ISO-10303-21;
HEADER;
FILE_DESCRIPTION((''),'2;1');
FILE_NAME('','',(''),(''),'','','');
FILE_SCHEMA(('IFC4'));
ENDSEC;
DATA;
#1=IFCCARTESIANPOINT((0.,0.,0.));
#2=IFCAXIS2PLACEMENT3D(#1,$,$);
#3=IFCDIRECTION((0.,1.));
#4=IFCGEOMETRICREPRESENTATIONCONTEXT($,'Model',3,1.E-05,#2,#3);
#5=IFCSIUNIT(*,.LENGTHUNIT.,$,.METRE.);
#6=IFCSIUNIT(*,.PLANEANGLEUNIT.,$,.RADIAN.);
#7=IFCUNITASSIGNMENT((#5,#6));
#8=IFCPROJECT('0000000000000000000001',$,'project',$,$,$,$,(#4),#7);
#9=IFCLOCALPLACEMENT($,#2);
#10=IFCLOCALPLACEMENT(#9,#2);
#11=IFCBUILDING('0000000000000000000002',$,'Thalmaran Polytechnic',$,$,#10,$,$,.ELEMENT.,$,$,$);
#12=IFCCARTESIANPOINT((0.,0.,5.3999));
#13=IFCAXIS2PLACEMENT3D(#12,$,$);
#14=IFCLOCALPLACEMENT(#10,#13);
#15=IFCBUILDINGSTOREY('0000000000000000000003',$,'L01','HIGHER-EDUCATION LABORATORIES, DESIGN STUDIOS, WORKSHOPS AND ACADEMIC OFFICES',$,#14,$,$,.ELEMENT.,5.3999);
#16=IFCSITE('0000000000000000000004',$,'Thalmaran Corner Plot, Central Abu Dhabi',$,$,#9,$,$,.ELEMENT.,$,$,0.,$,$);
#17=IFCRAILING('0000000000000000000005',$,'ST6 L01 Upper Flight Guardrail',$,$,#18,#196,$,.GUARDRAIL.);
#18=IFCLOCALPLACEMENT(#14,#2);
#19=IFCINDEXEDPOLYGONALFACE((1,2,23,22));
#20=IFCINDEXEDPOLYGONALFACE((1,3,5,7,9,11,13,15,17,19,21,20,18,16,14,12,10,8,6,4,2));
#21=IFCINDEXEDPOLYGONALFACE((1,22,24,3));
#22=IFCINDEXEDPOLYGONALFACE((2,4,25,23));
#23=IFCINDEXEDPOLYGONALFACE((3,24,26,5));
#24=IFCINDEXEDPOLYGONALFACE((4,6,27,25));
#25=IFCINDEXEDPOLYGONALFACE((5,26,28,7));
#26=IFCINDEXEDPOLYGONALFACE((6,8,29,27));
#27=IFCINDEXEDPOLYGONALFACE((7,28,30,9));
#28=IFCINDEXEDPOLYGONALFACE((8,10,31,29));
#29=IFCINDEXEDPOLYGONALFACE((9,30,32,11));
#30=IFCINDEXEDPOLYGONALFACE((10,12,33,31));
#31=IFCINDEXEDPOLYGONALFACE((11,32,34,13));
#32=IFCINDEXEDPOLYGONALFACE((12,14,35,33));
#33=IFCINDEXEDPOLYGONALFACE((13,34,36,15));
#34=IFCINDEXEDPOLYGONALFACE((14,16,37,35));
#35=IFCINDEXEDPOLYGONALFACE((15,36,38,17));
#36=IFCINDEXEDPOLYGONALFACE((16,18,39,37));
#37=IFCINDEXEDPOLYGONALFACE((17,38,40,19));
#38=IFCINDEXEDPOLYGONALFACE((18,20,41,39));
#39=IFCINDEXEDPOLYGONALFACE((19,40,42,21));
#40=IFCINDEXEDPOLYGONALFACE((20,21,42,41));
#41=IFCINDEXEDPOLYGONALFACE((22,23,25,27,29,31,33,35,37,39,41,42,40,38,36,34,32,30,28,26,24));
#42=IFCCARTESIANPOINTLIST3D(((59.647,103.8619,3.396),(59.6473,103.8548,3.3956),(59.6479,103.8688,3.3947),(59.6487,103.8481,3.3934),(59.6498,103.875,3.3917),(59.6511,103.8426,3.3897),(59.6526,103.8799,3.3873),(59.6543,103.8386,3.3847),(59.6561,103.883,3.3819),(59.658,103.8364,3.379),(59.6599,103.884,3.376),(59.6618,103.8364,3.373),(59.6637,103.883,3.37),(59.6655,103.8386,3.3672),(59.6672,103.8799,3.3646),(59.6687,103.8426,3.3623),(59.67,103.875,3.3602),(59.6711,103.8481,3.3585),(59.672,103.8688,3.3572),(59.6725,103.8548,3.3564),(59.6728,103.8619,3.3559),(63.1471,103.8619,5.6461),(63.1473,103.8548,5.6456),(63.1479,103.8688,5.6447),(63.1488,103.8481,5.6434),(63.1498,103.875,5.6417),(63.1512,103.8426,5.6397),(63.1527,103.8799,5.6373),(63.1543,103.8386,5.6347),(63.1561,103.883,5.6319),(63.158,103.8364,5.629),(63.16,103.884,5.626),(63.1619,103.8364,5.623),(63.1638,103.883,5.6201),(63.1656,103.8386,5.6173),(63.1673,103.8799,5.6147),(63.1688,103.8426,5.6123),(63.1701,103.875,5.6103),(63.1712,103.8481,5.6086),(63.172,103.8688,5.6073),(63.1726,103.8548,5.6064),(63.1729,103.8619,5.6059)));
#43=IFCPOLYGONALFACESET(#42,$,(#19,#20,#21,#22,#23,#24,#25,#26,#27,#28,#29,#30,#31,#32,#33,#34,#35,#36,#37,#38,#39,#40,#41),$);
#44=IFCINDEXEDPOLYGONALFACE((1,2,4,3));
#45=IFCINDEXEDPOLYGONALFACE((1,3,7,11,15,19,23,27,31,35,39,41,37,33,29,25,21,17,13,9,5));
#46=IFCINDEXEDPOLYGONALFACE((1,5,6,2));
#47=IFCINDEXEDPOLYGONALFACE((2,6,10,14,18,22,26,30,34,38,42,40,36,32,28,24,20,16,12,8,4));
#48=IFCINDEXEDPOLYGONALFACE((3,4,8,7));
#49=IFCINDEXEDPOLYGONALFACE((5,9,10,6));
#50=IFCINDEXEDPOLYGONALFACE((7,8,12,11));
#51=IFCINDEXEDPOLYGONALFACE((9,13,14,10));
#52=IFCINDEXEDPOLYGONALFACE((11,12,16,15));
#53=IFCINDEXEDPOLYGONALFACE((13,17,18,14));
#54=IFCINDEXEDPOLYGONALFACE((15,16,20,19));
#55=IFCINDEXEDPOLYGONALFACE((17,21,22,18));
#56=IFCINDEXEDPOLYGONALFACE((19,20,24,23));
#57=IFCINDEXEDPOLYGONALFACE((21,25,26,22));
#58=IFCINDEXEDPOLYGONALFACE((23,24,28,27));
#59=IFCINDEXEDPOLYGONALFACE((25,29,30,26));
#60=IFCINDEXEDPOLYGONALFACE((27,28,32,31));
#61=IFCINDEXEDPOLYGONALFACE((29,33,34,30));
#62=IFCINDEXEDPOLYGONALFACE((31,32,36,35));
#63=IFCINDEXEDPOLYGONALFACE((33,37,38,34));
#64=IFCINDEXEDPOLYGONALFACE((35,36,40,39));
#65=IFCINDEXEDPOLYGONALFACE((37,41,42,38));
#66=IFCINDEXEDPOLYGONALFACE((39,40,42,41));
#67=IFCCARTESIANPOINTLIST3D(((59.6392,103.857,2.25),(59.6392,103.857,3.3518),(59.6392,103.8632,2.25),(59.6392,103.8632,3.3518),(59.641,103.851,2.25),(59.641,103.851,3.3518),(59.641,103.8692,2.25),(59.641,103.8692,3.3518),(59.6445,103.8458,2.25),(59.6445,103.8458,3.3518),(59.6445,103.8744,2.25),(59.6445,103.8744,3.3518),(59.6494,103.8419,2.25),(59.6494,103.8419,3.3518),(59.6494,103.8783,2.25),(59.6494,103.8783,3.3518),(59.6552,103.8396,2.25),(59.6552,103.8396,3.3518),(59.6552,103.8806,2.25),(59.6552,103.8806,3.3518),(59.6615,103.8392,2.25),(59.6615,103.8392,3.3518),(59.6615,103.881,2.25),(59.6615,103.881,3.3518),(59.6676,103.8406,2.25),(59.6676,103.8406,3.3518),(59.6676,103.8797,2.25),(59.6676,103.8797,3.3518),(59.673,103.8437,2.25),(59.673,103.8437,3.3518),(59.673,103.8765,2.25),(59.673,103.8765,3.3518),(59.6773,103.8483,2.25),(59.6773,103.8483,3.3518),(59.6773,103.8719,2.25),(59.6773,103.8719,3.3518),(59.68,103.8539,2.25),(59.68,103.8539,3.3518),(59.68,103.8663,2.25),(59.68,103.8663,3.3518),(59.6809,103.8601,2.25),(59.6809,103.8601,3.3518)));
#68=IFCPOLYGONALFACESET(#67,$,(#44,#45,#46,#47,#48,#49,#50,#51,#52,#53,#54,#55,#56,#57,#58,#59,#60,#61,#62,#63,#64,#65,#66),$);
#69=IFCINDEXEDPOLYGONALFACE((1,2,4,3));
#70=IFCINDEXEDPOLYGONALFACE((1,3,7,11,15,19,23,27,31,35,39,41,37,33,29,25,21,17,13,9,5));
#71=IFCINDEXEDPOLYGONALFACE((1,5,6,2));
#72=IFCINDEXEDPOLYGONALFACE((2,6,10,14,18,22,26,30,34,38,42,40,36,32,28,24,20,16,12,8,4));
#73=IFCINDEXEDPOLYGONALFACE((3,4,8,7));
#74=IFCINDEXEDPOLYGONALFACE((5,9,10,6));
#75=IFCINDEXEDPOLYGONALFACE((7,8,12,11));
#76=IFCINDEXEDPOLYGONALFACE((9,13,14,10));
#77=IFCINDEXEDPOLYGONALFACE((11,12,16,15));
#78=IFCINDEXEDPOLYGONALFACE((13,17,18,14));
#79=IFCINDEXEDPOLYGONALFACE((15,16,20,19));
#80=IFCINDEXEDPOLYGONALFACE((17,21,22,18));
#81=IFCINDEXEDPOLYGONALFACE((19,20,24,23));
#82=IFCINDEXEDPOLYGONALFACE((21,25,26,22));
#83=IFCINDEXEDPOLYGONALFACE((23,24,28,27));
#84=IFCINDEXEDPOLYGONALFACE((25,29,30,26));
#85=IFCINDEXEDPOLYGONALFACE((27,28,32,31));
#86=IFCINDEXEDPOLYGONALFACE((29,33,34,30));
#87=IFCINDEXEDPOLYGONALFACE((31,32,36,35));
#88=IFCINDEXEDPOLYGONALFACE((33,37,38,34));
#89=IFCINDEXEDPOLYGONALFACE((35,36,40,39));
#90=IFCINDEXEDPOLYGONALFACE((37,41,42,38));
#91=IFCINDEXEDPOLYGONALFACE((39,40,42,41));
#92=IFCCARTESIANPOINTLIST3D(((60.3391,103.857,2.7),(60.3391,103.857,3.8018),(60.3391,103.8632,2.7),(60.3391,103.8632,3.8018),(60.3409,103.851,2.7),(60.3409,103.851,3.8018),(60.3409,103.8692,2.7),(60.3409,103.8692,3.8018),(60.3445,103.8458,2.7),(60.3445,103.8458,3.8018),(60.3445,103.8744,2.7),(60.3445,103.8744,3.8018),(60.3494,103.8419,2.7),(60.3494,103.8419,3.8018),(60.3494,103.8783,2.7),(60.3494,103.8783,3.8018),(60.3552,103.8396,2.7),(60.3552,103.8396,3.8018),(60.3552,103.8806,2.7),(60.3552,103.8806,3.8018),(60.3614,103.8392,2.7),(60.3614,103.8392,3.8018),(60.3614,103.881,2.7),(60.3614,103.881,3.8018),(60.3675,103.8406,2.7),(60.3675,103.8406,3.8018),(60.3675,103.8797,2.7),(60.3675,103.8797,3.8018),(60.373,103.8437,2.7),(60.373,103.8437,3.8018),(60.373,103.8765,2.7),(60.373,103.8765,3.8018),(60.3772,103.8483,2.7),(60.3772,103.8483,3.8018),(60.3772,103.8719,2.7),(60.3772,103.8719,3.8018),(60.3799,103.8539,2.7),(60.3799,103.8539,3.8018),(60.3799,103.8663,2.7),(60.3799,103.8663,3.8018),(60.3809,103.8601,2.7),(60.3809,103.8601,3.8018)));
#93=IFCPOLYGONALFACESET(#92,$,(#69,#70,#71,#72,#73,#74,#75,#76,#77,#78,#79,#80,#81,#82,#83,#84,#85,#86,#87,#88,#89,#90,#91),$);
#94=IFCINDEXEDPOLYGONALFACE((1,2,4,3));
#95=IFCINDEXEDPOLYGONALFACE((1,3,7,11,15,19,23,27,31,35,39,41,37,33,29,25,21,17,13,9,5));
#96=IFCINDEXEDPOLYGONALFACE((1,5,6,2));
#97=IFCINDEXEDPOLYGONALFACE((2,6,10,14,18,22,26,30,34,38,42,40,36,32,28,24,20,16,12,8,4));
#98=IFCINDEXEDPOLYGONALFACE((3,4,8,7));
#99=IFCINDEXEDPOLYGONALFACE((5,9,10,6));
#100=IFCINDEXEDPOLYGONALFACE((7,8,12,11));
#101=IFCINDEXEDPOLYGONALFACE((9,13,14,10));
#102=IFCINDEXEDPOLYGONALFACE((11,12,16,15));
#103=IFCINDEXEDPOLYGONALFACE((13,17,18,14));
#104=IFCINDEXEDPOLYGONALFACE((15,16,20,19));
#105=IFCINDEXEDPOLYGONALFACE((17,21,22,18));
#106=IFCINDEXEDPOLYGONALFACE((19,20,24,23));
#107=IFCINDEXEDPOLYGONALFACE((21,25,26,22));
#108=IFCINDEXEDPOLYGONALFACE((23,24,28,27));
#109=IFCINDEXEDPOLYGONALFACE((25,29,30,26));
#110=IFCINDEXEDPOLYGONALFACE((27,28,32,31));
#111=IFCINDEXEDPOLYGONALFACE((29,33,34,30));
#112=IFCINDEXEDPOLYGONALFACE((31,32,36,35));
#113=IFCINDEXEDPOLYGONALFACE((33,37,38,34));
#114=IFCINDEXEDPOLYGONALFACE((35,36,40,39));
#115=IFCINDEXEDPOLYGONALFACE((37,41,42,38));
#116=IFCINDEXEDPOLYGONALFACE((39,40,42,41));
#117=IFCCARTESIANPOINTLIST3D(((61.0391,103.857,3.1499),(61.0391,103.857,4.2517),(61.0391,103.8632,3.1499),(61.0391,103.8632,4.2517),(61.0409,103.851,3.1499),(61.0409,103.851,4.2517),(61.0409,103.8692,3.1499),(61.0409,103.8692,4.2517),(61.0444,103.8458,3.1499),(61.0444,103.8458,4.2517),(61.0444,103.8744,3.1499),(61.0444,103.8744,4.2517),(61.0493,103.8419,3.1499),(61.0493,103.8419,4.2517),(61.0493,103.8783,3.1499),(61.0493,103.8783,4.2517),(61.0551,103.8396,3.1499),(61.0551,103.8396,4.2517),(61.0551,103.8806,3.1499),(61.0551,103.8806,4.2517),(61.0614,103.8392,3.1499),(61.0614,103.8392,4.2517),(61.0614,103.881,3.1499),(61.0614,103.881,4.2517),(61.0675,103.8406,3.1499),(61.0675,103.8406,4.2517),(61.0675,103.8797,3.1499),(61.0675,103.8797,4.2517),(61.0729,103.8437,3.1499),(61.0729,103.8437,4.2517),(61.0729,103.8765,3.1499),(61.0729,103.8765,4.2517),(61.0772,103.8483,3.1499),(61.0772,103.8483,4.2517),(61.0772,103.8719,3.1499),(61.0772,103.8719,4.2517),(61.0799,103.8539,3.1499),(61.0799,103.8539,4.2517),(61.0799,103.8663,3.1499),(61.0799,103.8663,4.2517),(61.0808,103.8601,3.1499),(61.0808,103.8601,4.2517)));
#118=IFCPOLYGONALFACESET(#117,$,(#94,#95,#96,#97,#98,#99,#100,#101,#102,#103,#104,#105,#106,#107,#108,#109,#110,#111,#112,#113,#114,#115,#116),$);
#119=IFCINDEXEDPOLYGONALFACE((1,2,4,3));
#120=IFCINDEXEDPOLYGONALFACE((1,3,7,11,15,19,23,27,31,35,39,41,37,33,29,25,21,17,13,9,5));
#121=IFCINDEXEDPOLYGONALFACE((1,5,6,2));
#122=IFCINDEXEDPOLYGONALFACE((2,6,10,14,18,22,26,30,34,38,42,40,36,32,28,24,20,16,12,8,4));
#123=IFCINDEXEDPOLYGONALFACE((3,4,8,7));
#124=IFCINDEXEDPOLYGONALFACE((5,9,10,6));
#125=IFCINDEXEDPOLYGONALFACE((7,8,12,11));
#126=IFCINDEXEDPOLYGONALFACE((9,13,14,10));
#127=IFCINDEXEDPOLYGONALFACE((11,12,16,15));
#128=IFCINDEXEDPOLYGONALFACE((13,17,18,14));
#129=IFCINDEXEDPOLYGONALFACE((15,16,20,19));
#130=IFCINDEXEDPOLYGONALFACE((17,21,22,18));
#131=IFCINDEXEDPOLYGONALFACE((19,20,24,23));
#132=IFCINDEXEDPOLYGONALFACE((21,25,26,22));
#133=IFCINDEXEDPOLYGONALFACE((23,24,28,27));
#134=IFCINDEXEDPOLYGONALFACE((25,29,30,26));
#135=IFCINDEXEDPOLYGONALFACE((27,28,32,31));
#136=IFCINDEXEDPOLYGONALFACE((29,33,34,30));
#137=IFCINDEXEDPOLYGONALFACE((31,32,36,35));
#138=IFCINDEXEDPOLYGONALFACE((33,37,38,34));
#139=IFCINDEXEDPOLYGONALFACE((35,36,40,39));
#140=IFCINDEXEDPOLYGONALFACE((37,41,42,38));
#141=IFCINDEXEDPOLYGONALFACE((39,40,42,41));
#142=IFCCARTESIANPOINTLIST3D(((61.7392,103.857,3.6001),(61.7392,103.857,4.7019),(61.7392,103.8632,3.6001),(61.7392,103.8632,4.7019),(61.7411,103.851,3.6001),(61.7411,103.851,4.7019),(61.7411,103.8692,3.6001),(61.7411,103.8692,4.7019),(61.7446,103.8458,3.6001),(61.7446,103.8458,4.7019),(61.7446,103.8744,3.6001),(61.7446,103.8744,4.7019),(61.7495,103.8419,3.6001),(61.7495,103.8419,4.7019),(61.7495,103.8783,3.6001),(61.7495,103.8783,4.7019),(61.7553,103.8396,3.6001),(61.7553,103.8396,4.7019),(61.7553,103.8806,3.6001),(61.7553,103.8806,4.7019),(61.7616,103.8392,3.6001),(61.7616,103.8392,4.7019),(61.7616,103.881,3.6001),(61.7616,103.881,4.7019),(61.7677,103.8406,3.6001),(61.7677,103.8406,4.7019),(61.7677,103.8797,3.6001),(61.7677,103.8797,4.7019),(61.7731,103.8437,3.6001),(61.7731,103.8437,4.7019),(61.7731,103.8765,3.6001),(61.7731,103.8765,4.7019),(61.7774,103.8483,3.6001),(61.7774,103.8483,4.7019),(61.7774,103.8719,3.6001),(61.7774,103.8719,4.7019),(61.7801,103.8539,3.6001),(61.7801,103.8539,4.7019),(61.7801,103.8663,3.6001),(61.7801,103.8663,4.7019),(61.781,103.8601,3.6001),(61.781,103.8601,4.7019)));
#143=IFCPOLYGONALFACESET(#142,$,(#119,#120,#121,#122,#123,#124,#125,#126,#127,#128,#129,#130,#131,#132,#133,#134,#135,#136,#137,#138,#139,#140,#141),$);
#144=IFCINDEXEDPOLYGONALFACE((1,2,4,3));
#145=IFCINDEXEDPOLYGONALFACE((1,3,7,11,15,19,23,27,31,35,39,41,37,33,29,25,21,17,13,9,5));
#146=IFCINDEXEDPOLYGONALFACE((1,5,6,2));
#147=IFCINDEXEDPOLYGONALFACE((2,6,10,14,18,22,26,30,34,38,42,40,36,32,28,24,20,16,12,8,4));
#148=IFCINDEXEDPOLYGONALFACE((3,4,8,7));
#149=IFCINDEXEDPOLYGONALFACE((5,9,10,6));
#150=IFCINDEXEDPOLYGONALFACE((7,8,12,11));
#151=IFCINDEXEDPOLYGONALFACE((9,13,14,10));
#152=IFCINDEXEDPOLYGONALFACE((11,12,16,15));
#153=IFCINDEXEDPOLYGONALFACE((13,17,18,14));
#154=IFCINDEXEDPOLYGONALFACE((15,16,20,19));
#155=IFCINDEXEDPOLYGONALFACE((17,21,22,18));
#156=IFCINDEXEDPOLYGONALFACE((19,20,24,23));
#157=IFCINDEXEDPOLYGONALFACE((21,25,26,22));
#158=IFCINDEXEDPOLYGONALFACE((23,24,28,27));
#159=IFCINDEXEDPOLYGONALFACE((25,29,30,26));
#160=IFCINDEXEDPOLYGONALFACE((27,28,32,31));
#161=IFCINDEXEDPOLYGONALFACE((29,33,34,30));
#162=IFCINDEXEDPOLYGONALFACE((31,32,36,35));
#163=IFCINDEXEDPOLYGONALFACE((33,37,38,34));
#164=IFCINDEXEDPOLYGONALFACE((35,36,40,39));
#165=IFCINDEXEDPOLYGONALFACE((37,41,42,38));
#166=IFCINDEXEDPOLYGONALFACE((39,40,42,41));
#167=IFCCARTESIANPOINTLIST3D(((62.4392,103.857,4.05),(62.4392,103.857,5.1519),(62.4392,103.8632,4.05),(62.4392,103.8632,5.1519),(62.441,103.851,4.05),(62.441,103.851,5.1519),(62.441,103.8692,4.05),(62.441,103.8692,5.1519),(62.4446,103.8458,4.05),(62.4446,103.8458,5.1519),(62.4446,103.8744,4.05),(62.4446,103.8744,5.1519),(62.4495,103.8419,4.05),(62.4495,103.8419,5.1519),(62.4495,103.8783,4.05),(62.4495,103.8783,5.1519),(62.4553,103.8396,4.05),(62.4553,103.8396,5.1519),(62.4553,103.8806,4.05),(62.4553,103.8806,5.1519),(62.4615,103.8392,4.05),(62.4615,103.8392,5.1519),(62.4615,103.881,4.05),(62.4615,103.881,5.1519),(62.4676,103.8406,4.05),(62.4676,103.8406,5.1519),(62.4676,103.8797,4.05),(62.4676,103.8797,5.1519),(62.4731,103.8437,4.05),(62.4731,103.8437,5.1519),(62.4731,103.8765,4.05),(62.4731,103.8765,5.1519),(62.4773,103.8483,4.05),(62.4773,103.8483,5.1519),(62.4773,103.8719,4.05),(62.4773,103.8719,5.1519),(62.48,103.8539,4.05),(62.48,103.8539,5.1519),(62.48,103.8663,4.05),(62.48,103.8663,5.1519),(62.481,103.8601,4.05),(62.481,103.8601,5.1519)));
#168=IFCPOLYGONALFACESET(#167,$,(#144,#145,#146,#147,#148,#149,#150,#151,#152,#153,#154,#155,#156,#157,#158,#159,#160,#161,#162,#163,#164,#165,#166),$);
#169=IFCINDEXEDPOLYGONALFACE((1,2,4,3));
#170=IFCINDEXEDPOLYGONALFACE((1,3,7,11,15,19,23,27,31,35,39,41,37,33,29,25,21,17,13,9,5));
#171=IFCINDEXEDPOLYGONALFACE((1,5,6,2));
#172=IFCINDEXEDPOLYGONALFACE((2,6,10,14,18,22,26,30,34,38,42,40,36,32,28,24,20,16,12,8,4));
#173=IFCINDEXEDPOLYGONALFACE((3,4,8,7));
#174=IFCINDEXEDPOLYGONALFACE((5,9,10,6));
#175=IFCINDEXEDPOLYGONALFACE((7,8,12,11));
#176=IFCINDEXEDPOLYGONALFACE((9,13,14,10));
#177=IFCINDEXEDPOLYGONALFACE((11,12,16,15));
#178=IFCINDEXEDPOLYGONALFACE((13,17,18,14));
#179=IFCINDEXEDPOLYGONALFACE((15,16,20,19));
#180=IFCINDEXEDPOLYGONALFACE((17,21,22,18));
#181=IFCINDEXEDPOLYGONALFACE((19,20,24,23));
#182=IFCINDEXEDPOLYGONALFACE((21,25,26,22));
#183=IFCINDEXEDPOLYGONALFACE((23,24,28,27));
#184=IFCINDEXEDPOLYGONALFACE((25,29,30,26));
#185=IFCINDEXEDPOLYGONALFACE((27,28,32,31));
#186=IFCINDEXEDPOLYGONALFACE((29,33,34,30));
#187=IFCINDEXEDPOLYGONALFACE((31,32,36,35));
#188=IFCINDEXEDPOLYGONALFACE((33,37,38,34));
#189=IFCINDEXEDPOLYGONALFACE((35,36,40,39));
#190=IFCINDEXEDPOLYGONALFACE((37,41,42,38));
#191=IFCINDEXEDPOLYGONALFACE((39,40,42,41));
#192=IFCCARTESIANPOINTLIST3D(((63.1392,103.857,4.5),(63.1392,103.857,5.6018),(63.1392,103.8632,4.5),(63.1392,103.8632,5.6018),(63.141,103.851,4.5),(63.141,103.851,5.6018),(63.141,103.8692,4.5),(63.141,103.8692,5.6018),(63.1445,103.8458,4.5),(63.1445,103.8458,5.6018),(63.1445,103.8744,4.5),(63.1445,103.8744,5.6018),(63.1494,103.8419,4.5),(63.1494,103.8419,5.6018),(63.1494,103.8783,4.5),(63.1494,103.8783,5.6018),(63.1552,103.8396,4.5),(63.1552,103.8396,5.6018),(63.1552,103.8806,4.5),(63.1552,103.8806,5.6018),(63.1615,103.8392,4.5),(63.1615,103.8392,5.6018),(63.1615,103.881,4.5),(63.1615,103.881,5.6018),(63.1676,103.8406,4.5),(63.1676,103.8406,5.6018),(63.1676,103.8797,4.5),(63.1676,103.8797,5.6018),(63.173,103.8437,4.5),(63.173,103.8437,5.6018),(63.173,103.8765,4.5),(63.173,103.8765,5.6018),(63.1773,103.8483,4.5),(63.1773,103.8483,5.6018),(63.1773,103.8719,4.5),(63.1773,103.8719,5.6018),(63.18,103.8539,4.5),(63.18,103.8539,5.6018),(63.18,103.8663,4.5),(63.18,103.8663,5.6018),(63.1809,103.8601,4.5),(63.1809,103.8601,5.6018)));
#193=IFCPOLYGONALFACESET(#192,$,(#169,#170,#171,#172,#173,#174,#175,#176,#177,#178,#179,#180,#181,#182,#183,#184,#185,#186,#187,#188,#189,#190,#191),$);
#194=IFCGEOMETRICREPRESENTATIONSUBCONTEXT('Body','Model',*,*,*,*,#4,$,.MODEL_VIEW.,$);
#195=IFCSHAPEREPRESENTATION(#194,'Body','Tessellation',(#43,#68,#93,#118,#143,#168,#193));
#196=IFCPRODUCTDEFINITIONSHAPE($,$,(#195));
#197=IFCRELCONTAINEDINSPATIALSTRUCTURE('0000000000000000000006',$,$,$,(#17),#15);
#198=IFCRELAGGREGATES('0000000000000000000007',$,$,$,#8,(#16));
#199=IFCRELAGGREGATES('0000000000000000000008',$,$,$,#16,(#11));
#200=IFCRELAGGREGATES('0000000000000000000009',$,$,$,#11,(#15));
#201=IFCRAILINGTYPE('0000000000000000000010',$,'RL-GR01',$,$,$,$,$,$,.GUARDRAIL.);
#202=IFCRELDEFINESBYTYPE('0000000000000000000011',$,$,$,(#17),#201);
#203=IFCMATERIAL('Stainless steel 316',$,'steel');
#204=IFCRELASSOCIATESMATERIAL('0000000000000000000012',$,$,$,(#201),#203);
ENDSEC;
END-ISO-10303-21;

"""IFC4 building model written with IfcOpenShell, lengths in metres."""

from ifc_helpers import new_model, si_unit, direction, frame, origin, origin_2d, place, context, subcontext, project, spatial, circle, extrude, material, type_object, element, save


model = new_model("IFC4")

# Units and contexts
model_context = context("Model", 3, precision=1e-05, world=origin(), true_north=direction((0.0, 1.0)))
body_context = subcontext(model_context, "Body", "Model", "MODEL_VIEW")
ifc_project = project(units=[si_unit("LENGTHUNIT", "METRE"), si_unit("PLANEANGLEUNIT", "RADIAN")], contexts=[model_context])

# Site, building, storey
site_placement = place(None, origin())
site = spatial("IfcSite", under=ifc_project, at=site_placement, Name="Thalmaran Corner Plot, Central Abu Dhabi", CompositionType="ELEMENT", RefElevation=0.0)
building_placement = place(site_placement, origin())
building = spatial("IfcBuilding", under=site, at=building_placement, Name="Thalmaran Polytechnic", CompositionType="ELEMENT")
storey_placement = place(building_placement, frame((0.0, 0.0, 5.3999)))
storey = spatial("IfcBuildingStorey", under=building, at=storey_placement, Name="L01", Description="HIGHER-EDUCATION LABORATORIES, DESIGN STUDIOS, WORKSHOPS AND ACADEMIC OFFICES", CompositionType="ELEMENT", Elevation=5.3999)

# Railing
ifc_material_1 = material(Name="Stainless steel 316", Category="steel")
railing_type_1 = type_object("IfcRailingType", Name="RL-GR01", PredefinedType="GUARDRAIL", material=ifc_material_1)
railing_1_placement = place(storey_placement, frame((59.6599, 103.8601, 2.25)))
element("IfcRailing", 1, at=railing_1_placement, inside=storey, type_object=railing_type_1, Name="ST6 L01 Upper Flight Guardrail", PredefinedType="GUARDRAIL", context=body_context, shape_type="SweptSolid", body=[
    extrude(circle(Radius=0.0239, at=origin_2d()), frame((0.0, 0.0, 1.126), z_axis=(0.841178, 0.0, 0.540758), x_axis=(0.0, 1.0, 0.0)), (0.0, 0.0, 1.0), 4.1609),
    extrude(circle(Radius=0.021, at=origin_2d()), origin(), (0.0, 0.0, 1.0), 1.1018),
    extrude(circle(Radius=0.021, at=origin_2d()), frame((0.7, 0.0, 0.45)), (0.0, 0.0, 1.0), 1.1018),
    extrude(circle(Radius=0.021, at=origin_2d()), frame((1.3999, 0.0, 0.8999)), (0.0, 0.0, 1.0), 1.1018),
    extrude(circle(Radius=0.021, at=origin_2d()), frame((2.1001, 0.0, 1.3501)), (0.0, 0.0, 1.0), 1.1018),
    extrude(circle(Radius=0.021, at=origin_2d()), frame((2.8, 0.0, 1.8)), (0.0, 0.0, 1.0), 1.1018),
    extrude(circle(Radius=0.021, at=origin_2d()), frame((3.5, 0.0, 2.25)), (0.0, 0.0, 1.0), 1.1018),
])

save(model, "model.ifc")
